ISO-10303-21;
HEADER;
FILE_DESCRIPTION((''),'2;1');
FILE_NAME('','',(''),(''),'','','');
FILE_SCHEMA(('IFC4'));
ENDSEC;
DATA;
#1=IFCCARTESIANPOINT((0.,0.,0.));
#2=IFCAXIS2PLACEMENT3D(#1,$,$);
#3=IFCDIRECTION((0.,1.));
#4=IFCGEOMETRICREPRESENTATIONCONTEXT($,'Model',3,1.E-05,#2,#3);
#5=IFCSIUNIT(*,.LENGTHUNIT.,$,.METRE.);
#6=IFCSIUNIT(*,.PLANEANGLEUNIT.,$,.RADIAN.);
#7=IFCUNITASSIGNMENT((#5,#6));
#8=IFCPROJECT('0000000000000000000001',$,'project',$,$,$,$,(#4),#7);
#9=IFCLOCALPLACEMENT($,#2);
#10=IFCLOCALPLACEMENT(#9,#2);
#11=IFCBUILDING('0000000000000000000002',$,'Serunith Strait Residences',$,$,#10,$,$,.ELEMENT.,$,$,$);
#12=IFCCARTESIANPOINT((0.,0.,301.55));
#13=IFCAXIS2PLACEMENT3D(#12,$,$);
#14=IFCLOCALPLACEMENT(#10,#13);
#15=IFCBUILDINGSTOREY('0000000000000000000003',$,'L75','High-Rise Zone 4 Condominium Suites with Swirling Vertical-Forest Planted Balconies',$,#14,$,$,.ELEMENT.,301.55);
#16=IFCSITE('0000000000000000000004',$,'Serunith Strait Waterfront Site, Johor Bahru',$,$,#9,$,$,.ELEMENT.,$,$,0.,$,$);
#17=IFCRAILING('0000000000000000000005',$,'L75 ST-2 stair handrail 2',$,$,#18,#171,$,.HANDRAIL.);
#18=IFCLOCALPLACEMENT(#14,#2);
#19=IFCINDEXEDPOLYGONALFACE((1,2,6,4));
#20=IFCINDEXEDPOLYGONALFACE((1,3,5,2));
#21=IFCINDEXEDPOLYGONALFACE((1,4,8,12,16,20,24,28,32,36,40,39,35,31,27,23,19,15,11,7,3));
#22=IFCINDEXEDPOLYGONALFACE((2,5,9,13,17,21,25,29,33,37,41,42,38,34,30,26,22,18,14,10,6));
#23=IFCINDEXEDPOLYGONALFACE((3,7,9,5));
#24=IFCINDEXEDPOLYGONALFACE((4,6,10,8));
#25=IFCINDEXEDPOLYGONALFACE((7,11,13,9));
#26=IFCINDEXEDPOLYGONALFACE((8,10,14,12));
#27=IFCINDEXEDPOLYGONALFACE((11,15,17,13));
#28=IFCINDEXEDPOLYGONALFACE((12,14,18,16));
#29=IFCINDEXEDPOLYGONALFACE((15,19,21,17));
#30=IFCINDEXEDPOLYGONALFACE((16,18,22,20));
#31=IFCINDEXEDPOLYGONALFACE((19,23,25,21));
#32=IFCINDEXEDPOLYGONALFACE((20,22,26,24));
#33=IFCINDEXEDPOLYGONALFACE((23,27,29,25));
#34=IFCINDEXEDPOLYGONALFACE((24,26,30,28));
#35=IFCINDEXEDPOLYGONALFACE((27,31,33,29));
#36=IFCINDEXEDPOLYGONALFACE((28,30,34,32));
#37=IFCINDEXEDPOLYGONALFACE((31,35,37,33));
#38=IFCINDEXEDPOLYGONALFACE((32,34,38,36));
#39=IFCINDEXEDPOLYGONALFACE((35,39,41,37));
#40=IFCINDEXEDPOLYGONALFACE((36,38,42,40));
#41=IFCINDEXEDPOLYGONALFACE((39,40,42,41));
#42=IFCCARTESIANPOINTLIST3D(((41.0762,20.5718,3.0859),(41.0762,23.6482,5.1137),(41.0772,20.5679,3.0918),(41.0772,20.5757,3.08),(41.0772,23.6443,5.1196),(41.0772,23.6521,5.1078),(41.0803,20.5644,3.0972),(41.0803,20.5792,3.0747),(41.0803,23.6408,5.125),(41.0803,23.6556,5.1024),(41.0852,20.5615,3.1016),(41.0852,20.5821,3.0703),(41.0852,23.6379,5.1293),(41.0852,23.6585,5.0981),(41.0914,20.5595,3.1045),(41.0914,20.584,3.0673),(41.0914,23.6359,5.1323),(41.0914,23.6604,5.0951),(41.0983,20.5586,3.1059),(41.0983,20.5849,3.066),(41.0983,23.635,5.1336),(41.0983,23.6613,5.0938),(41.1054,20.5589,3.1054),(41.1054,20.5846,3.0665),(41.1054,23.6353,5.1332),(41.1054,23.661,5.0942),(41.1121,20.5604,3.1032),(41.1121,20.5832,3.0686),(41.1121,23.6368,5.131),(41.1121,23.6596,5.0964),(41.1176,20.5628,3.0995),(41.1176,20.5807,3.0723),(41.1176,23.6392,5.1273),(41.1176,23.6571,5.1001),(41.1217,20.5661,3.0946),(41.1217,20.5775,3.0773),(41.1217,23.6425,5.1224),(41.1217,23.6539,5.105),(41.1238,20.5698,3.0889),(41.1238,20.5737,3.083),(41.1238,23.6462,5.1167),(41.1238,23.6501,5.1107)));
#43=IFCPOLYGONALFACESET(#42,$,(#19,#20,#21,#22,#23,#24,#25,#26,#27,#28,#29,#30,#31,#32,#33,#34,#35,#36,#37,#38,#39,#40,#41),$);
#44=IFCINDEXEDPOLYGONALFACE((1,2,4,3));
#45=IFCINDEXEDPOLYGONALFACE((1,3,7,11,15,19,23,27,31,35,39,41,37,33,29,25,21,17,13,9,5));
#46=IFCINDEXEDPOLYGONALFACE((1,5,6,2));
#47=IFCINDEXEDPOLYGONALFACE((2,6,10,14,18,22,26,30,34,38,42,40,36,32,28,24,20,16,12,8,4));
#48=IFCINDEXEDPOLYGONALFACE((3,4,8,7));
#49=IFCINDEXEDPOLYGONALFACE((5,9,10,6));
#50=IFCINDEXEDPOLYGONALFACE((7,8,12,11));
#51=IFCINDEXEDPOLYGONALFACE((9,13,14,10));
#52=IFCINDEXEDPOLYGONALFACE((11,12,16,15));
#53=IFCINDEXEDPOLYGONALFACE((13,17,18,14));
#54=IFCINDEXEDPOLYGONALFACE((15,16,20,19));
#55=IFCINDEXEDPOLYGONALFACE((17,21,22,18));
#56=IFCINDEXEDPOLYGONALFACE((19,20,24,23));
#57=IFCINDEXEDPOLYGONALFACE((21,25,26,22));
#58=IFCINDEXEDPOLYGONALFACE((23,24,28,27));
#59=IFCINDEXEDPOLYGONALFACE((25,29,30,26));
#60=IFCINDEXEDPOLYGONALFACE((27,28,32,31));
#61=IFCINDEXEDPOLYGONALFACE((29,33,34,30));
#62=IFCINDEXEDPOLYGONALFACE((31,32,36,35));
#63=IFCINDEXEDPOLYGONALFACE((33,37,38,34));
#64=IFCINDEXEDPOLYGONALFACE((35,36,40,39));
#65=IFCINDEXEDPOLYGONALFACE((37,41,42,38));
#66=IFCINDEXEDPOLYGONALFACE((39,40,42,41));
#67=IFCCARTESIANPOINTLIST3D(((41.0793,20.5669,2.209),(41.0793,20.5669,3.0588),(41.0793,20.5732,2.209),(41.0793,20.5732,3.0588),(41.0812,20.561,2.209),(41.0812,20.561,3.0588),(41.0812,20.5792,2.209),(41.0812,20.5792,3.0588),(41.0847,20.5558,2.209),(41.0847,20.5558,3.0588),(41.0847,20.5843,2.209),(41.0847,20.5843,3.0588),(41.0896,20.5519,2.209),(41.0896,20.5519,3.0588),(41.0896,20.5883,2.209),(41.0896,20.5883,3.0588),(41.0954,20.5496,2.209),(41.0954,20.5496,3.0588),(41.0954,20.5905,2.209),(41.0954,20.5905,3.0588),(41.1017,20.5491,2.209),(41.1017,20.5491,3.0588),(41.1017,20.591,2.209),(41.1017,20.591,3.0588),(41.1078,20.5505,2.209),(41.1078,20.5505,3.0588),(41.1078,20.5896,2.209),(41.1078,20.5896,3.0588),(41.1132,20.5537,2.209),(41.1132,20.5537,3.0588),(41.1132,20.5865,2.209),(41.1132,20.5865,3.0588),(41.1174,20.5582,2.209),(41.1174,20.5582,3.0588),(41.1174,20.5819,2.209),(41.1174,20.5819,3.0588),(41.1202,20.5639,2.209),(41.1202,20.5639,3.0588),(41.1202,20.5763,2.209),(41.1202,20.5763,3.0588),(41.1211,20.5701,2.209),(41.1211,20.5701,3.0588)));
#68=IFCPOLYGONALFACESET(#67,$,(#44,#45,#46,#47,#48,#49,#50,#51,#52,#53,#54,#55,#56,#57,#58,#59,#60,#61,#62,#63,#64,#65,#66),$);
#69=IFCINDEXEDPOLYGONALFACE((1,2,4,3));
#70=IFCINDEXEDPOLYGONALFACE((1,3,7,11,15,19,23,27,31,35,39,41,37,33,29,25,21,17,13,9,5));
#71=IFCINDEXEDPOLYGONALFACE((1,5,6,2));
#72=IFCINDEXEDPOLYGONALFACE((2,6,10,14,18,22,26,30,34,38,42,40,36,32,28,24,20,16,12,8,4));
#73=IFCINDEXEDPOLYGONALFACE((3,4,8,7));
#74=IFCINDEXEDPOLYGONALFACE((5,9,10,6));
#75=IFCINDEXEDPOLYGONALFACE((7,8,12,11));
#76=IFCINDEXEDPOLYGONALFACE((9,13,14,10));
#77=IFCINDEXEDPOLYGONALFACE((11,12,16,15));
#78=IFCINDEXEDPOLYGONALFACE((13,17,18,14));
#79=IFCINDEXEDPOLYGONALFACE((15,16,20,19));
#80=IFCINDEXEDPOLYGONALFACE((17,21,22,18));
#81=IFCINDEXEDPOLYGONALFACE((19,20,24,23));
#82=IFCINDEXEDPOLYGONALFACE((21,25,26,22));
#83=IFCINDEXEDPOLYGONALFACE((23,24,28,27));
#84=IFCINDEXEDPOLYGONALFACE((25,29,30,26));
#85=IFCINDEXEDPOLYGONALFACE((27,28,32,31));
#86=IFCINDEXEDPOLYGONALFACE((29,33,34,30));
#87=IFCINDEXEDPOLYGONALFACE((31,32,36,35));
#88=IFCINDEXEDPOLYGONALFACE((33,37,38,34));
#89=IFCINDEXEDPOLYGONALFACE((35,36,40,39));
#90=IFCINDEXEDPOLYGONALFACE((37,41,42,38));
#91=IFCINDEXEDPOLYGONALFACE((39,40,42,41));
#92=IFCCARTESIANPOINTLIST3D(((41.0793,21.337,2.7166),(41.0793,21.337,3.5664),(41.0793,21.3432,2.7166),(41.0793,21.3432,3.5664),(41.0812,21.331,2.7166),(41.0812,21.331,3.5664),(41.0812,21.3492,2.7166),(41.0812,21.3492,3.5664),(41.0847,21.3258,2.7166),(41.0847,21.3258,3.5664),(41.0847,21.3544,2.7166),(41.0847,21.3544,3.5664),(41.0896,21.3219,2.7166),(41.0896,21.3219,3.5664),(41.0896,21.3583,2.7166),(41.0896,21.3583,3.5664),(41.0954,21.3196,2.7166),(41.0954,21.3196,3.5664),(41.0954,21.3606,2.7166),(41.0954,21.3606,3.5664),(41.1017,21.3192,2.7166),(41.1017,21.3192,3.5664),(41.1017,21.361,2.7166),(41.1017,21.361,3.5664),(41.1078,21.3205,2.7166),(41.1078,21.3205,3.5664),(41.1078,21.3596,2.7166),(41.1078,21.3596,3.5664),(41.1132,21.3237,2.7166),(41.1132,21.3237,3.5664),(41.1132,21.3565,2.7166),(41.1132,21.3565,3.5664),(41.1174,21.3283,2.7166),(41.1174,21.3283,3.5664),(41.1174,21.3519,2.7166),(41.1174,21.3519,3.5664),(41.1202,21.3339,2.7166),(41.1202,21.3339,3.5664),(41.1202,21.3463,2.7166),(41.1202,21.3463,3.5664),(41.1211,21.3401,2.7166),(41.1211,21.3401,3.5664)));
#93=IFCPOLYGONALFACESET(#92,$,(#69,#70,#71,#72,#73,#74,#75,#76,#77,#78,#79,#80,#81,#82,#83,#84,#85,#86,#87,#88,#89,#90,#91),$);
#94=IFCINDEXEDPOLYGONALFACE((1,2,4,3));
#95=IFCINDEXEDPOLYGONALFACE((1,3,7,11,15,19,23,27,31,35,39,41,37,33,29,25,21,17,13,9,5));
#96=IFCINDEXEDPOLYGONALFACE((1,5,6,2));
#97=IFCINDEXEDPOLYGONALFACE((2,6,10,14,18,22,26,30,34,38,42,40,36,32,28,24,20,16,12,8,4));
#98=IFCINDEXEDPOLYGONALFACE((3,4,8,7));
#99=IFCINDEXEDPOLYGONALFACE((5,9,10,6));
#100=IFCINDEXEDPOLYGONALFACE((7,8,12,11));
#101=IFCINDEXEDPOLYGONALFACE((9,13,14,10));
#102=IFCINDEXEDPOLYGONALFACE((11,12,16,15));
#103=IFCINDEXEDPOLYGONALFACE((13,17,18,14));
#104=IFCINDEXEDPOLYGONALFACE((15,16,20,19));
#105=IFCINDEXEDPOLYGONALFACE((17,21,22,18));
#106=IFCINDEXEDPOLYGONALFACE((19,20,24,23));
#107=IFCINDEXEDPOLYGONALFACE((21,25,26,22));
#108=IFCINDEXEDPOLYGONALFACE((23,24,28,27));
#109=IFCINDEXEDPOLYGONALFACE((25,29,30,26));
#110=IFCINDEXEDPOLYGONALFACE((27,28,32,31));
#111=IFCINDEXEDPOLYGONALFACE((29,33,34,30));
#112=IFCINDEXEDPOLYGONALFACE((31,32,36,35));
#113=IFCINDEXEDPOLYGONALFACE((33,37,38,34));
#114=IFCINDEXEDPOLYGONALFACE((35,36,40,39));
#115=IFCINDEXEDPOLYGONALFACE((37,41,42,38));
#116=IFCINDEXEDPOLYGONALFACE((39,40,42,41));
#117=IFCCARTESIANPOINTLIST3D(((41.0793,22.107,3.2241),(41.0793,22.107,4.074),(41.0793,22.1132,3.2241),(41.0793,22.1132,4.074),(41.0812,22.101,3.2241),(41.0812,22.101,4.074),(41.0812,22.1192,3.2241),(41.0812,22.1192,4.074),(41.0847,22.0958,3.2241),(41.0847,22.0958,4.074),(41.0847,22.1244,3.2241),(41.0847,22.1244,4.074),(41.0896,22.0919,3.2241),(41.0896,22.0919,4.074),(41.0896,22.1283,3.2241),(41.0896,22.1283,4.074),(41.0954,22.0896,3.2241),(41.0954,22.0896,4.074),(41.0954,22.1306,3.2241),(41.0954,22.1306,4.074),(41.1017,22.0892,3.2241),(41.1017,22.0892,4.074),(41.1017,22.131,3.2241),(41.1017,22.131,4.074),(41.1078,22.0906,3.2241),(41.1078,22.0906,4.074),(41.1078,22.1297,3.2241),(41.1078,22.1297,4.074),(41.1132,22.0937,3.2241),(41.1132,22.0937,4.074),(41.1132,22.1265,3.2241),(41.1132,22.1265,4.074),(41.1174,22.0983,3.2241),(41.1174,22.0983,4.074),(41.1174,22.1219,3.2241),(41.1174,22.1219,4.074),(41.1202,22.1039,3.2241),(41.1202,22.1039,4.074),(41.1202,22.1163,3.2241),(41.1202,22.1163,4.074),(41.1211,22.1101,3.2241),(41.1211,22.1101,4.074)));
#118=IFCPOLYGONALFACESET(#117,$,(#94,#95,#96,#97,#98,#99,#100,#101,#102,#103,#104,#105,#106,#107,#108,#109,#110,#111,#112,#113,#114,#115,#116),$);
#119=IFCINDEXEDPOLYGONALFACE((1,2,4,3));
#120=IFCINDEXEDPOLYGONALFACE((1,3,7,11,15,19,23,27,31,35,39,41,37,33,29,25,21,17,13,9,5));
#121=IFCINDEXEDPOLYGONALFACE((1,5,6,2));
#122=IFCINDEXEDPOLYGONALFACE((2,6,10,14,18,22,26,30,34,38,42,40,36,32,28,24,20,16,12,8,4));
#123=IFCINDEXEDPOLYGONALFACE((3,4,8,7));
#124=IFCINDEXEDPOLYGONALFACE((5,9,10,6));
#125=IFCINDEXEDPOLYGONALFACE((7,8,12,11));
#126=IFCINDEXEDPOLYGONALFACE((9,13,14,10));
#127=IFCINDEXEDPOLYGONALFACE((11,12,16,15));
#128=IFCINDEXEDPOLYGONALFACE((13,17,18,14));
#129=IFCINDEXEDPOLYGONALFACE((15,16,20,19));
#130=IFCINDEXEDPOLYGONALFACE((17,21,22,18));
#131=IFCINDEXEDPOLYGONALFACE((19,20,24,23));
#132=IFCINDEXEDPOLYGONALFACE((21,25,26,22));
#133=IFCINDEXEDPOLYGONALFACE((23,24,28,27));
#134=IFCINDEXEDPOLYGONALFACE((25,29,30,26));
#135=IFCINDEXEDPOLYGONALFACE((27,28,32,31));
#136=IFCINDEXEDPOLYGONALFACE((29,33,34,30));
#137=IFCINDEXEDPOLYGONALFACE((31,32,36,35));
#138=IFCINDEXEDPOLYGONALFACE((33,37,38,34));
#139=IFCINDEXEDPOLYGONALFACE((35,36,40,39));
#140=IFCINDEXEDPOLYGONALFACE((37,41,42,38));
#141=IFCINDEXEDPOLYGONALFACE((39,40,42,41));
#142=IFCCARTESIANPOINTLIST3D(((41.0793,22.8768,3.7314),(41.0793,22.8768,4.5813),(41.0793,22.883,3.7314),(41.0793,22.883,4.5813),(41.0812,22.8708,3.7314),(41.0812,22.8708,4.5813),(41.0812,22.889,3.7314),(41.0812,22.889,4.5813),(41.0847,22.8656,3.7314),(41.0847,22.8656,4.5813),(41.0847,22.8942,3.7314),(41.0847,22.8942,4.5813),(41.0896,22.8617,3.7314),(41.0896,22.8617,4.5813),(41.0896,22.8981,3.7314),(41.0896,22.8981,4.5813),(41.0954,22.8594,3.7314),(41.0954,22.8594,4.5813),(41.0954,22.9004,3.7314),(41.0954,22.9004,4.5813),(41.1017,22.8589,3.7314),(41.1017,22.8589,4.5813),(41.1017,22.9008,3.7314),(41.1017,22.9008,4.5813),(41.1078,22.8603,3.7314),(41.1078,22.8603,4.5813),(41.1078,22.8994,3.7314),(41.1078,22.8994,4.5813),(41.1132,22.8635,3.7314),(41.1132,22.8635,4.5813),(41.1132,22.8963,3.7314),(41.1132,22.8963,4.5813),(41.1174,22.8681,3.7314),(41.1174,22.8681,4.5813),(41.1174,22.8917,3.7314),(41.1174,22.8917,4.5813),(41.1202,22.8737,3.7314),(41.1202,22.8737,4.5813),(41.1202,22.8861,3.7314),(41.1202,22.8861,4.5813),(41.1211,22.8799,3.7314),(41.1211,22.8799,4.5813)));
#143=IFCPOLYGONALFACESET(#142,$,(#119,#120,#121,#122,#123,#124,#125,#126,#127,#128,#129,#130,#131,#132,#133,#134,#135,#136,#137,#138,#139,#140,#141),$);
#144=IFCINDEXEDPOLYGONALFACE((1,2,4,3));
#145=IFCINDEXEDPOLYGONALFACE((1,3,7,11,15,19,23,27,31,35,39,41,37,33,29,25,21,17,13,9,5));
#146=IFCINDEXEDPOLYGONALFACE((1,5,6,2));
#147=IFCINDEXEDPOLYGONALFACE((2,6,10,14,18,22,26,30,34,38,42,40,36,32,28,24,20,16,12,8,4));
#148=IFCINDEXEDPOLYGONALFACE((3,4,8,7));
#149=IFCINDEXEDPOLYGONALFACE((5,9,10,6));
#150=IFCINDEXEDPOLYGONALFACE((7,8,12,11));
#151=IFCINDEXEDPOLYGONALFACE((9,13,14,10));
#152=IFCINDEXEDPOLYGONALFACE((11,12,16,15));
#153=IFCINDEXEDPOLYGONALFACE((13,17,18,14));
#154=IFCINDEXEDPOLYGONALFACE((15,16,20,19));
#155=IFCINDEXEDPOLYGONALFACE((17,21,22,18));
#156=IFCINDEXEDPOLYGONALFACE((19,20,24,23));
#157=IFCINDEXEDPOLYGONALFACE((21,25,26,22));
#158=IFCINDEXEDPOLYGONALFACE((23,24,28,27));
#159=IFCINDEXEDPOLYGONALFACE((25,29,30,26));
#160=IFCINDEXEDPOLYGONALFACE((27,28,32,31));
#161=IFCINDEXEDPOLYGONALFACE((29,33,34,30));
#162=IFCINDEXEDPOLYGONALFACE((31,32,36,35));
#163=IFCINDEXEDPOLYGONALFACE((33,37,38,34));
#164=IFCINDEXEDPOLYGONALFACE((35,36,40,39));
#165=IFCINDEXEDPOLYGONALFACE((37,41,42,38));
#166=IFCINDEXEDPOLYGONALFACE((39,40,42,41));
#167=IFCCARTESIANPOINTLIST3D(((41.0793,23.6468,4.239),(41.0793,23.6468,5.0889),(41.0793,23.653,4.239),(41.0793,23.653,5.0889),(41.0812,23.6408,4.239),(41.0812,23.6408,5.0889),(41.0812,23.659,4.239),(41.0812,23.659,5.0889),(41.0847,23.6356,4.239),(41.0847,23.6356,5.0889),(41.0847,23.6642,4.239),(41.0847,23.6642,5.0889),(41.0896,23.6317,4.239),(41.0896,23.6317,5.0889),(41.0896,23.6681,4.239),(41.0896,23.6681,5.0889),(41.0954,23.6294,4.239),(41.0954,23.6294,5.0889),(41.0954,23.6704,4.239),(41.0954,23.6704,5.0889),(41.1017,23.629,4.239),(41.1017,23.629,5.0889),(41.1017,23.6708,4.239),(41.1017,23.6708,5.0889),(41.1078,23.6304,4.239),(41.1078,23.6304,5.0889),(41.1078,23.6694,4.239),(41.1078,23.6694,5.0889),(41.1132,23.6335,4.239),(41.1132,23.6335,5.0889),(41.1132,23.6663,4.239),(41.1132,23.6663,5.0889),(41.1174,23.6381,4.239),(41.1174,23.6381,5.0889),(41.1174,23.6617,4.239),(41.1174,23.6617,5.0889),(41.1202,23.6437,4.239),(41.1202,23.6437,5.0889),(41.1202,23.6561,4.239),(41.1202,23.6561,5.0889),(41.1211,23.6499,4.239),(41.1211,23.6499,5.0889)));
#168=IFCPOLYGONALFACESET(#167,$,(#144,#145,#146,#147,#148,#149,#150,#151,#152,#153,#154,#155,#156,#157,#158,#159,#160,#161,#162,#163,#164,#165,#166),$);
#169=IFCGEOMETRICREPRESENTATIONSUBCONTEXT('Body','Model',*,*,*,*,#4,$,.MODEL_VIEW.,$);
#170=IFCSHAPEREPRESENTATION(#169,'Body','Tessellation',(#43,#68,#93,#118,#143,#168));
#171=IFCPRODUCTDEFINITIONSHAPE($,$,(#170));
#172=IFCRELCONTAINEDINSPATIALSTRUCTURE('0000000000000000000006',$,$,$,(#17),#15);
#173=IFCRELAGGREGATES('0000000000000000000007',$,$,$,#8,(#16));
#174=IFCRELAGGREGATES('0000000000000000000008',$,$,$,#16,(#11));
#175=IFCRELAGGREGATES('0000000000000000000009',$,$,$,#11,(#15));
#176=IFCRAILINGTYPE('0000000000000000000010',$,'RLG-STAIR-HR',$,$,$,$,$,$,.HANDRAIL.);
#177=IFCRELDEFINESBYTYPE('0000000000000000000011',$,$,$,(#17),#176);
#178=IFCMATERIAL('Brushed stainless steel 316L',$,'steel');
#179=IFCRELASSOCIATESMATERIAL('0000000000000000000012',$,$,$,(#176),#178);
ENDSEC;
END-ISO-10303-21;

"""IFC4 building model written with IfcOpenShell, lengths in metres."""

from ifc_helpers import new_model, si_unit, direction, frame, origin, origin_2d, place, context, subcontext, project, spatial, circle, extrude, material, type_object, element, save


model = new_model("IFC4")

# Units and contexts
model_context = context("Model", 3, precision=1e-05, world=origin(), true_north=direction((0.0, 1.0)))
body_context = subcontext(model_context, "Body", "Model", "MODEL_VIEW")
ifc_project = project(units=[si_unit("LENGTHUNIT", "METRE"), si_unit("PLANEANGLEUNIT", "RADIAN")], contexts=[model_context])

# Site, building, storey
site_placement = place(None, origin())
site = spatial("IfcSite", under=ifc_project, at=site_placement, Name="Serunith Strait Waterfront Site, Johor Bahru", CompositionType="ELEMENT", RefElevation=0.0)
building_placement = place(site_placement, origin())
building = spatial("IfcBuilding", under=site, at=building_placement, Name="Serunith Strait Residences", CompositionType="ELEMENT")
storey_placement = place(building_placement, frame((0.0, 0.0, 301.55)))
storey = spatial("IfcBuildingStorey", under=building, at=storey_placement, Name="L75", Description="High-Rise Zone 4 Condominium Suites with Swirling Vertical-Forest Planted Balconies", CompositionType="ELEMENT", Elevation=301.55)

# Railing
ifc_material_1 = material(Name="Brushed stainless steel 316L", Category="steel")
railing_type_1 = type_object("IfcRailingType", Name="RLG-STAIR-HR", PredefinedType="HANDRAIL", material=ifc_material_1)
railing_1_placement = place(storey_placement, frame((41.1001, 20.5701, 2.209)))
element("IfcRailing", 1, at=railing_1_placement, inside=storey, type_object=railing_type_1, Name="L75 ST-2 stair handrail 2", PredefinedType="HANDRAIL", context=body_context, shape_type="SweptSolid", body=[
    extrude(circle(Radius=0.0239, at=origin_2d()), frame((0.0, 0.0017, 0.877), z_axis=(0.0, 0.834941, 0.55034), x_axis=(-1.0, 0.0, 0.0)), (0.0, 0.0, 1.0), 3.6846),
    extrude(circle(Radius=0.021, at=origin_2d()), origin(), (0.0, 0.0, 1.0), 0.8499),
    extrude(circle(Radius=0.021, at=origin_2d()), frame((0.0, 0.77, 0.5076)), (0.0, 0.0, 1.0), 0.8499),
    extrude(circle(Radius=0.021, at=origin_2d()), frame((0.0, 1.54, 1.0151)), (0.0, 0.0, 1.0), 0.8499),
    extrude(circle(Radius=0.021, at=origin_2d()), frame((0.0, 2.3098, 1.5225)), (0.0, 0.0, 1.0), 0.8499),
    extrude(circle(Radius=0.021, at=origin_2d()), frame((0.0, 3.0798, 2.03)), (0.0, 0.0, 1.0), 0.8499),
])

save(model, "model.ifc")
